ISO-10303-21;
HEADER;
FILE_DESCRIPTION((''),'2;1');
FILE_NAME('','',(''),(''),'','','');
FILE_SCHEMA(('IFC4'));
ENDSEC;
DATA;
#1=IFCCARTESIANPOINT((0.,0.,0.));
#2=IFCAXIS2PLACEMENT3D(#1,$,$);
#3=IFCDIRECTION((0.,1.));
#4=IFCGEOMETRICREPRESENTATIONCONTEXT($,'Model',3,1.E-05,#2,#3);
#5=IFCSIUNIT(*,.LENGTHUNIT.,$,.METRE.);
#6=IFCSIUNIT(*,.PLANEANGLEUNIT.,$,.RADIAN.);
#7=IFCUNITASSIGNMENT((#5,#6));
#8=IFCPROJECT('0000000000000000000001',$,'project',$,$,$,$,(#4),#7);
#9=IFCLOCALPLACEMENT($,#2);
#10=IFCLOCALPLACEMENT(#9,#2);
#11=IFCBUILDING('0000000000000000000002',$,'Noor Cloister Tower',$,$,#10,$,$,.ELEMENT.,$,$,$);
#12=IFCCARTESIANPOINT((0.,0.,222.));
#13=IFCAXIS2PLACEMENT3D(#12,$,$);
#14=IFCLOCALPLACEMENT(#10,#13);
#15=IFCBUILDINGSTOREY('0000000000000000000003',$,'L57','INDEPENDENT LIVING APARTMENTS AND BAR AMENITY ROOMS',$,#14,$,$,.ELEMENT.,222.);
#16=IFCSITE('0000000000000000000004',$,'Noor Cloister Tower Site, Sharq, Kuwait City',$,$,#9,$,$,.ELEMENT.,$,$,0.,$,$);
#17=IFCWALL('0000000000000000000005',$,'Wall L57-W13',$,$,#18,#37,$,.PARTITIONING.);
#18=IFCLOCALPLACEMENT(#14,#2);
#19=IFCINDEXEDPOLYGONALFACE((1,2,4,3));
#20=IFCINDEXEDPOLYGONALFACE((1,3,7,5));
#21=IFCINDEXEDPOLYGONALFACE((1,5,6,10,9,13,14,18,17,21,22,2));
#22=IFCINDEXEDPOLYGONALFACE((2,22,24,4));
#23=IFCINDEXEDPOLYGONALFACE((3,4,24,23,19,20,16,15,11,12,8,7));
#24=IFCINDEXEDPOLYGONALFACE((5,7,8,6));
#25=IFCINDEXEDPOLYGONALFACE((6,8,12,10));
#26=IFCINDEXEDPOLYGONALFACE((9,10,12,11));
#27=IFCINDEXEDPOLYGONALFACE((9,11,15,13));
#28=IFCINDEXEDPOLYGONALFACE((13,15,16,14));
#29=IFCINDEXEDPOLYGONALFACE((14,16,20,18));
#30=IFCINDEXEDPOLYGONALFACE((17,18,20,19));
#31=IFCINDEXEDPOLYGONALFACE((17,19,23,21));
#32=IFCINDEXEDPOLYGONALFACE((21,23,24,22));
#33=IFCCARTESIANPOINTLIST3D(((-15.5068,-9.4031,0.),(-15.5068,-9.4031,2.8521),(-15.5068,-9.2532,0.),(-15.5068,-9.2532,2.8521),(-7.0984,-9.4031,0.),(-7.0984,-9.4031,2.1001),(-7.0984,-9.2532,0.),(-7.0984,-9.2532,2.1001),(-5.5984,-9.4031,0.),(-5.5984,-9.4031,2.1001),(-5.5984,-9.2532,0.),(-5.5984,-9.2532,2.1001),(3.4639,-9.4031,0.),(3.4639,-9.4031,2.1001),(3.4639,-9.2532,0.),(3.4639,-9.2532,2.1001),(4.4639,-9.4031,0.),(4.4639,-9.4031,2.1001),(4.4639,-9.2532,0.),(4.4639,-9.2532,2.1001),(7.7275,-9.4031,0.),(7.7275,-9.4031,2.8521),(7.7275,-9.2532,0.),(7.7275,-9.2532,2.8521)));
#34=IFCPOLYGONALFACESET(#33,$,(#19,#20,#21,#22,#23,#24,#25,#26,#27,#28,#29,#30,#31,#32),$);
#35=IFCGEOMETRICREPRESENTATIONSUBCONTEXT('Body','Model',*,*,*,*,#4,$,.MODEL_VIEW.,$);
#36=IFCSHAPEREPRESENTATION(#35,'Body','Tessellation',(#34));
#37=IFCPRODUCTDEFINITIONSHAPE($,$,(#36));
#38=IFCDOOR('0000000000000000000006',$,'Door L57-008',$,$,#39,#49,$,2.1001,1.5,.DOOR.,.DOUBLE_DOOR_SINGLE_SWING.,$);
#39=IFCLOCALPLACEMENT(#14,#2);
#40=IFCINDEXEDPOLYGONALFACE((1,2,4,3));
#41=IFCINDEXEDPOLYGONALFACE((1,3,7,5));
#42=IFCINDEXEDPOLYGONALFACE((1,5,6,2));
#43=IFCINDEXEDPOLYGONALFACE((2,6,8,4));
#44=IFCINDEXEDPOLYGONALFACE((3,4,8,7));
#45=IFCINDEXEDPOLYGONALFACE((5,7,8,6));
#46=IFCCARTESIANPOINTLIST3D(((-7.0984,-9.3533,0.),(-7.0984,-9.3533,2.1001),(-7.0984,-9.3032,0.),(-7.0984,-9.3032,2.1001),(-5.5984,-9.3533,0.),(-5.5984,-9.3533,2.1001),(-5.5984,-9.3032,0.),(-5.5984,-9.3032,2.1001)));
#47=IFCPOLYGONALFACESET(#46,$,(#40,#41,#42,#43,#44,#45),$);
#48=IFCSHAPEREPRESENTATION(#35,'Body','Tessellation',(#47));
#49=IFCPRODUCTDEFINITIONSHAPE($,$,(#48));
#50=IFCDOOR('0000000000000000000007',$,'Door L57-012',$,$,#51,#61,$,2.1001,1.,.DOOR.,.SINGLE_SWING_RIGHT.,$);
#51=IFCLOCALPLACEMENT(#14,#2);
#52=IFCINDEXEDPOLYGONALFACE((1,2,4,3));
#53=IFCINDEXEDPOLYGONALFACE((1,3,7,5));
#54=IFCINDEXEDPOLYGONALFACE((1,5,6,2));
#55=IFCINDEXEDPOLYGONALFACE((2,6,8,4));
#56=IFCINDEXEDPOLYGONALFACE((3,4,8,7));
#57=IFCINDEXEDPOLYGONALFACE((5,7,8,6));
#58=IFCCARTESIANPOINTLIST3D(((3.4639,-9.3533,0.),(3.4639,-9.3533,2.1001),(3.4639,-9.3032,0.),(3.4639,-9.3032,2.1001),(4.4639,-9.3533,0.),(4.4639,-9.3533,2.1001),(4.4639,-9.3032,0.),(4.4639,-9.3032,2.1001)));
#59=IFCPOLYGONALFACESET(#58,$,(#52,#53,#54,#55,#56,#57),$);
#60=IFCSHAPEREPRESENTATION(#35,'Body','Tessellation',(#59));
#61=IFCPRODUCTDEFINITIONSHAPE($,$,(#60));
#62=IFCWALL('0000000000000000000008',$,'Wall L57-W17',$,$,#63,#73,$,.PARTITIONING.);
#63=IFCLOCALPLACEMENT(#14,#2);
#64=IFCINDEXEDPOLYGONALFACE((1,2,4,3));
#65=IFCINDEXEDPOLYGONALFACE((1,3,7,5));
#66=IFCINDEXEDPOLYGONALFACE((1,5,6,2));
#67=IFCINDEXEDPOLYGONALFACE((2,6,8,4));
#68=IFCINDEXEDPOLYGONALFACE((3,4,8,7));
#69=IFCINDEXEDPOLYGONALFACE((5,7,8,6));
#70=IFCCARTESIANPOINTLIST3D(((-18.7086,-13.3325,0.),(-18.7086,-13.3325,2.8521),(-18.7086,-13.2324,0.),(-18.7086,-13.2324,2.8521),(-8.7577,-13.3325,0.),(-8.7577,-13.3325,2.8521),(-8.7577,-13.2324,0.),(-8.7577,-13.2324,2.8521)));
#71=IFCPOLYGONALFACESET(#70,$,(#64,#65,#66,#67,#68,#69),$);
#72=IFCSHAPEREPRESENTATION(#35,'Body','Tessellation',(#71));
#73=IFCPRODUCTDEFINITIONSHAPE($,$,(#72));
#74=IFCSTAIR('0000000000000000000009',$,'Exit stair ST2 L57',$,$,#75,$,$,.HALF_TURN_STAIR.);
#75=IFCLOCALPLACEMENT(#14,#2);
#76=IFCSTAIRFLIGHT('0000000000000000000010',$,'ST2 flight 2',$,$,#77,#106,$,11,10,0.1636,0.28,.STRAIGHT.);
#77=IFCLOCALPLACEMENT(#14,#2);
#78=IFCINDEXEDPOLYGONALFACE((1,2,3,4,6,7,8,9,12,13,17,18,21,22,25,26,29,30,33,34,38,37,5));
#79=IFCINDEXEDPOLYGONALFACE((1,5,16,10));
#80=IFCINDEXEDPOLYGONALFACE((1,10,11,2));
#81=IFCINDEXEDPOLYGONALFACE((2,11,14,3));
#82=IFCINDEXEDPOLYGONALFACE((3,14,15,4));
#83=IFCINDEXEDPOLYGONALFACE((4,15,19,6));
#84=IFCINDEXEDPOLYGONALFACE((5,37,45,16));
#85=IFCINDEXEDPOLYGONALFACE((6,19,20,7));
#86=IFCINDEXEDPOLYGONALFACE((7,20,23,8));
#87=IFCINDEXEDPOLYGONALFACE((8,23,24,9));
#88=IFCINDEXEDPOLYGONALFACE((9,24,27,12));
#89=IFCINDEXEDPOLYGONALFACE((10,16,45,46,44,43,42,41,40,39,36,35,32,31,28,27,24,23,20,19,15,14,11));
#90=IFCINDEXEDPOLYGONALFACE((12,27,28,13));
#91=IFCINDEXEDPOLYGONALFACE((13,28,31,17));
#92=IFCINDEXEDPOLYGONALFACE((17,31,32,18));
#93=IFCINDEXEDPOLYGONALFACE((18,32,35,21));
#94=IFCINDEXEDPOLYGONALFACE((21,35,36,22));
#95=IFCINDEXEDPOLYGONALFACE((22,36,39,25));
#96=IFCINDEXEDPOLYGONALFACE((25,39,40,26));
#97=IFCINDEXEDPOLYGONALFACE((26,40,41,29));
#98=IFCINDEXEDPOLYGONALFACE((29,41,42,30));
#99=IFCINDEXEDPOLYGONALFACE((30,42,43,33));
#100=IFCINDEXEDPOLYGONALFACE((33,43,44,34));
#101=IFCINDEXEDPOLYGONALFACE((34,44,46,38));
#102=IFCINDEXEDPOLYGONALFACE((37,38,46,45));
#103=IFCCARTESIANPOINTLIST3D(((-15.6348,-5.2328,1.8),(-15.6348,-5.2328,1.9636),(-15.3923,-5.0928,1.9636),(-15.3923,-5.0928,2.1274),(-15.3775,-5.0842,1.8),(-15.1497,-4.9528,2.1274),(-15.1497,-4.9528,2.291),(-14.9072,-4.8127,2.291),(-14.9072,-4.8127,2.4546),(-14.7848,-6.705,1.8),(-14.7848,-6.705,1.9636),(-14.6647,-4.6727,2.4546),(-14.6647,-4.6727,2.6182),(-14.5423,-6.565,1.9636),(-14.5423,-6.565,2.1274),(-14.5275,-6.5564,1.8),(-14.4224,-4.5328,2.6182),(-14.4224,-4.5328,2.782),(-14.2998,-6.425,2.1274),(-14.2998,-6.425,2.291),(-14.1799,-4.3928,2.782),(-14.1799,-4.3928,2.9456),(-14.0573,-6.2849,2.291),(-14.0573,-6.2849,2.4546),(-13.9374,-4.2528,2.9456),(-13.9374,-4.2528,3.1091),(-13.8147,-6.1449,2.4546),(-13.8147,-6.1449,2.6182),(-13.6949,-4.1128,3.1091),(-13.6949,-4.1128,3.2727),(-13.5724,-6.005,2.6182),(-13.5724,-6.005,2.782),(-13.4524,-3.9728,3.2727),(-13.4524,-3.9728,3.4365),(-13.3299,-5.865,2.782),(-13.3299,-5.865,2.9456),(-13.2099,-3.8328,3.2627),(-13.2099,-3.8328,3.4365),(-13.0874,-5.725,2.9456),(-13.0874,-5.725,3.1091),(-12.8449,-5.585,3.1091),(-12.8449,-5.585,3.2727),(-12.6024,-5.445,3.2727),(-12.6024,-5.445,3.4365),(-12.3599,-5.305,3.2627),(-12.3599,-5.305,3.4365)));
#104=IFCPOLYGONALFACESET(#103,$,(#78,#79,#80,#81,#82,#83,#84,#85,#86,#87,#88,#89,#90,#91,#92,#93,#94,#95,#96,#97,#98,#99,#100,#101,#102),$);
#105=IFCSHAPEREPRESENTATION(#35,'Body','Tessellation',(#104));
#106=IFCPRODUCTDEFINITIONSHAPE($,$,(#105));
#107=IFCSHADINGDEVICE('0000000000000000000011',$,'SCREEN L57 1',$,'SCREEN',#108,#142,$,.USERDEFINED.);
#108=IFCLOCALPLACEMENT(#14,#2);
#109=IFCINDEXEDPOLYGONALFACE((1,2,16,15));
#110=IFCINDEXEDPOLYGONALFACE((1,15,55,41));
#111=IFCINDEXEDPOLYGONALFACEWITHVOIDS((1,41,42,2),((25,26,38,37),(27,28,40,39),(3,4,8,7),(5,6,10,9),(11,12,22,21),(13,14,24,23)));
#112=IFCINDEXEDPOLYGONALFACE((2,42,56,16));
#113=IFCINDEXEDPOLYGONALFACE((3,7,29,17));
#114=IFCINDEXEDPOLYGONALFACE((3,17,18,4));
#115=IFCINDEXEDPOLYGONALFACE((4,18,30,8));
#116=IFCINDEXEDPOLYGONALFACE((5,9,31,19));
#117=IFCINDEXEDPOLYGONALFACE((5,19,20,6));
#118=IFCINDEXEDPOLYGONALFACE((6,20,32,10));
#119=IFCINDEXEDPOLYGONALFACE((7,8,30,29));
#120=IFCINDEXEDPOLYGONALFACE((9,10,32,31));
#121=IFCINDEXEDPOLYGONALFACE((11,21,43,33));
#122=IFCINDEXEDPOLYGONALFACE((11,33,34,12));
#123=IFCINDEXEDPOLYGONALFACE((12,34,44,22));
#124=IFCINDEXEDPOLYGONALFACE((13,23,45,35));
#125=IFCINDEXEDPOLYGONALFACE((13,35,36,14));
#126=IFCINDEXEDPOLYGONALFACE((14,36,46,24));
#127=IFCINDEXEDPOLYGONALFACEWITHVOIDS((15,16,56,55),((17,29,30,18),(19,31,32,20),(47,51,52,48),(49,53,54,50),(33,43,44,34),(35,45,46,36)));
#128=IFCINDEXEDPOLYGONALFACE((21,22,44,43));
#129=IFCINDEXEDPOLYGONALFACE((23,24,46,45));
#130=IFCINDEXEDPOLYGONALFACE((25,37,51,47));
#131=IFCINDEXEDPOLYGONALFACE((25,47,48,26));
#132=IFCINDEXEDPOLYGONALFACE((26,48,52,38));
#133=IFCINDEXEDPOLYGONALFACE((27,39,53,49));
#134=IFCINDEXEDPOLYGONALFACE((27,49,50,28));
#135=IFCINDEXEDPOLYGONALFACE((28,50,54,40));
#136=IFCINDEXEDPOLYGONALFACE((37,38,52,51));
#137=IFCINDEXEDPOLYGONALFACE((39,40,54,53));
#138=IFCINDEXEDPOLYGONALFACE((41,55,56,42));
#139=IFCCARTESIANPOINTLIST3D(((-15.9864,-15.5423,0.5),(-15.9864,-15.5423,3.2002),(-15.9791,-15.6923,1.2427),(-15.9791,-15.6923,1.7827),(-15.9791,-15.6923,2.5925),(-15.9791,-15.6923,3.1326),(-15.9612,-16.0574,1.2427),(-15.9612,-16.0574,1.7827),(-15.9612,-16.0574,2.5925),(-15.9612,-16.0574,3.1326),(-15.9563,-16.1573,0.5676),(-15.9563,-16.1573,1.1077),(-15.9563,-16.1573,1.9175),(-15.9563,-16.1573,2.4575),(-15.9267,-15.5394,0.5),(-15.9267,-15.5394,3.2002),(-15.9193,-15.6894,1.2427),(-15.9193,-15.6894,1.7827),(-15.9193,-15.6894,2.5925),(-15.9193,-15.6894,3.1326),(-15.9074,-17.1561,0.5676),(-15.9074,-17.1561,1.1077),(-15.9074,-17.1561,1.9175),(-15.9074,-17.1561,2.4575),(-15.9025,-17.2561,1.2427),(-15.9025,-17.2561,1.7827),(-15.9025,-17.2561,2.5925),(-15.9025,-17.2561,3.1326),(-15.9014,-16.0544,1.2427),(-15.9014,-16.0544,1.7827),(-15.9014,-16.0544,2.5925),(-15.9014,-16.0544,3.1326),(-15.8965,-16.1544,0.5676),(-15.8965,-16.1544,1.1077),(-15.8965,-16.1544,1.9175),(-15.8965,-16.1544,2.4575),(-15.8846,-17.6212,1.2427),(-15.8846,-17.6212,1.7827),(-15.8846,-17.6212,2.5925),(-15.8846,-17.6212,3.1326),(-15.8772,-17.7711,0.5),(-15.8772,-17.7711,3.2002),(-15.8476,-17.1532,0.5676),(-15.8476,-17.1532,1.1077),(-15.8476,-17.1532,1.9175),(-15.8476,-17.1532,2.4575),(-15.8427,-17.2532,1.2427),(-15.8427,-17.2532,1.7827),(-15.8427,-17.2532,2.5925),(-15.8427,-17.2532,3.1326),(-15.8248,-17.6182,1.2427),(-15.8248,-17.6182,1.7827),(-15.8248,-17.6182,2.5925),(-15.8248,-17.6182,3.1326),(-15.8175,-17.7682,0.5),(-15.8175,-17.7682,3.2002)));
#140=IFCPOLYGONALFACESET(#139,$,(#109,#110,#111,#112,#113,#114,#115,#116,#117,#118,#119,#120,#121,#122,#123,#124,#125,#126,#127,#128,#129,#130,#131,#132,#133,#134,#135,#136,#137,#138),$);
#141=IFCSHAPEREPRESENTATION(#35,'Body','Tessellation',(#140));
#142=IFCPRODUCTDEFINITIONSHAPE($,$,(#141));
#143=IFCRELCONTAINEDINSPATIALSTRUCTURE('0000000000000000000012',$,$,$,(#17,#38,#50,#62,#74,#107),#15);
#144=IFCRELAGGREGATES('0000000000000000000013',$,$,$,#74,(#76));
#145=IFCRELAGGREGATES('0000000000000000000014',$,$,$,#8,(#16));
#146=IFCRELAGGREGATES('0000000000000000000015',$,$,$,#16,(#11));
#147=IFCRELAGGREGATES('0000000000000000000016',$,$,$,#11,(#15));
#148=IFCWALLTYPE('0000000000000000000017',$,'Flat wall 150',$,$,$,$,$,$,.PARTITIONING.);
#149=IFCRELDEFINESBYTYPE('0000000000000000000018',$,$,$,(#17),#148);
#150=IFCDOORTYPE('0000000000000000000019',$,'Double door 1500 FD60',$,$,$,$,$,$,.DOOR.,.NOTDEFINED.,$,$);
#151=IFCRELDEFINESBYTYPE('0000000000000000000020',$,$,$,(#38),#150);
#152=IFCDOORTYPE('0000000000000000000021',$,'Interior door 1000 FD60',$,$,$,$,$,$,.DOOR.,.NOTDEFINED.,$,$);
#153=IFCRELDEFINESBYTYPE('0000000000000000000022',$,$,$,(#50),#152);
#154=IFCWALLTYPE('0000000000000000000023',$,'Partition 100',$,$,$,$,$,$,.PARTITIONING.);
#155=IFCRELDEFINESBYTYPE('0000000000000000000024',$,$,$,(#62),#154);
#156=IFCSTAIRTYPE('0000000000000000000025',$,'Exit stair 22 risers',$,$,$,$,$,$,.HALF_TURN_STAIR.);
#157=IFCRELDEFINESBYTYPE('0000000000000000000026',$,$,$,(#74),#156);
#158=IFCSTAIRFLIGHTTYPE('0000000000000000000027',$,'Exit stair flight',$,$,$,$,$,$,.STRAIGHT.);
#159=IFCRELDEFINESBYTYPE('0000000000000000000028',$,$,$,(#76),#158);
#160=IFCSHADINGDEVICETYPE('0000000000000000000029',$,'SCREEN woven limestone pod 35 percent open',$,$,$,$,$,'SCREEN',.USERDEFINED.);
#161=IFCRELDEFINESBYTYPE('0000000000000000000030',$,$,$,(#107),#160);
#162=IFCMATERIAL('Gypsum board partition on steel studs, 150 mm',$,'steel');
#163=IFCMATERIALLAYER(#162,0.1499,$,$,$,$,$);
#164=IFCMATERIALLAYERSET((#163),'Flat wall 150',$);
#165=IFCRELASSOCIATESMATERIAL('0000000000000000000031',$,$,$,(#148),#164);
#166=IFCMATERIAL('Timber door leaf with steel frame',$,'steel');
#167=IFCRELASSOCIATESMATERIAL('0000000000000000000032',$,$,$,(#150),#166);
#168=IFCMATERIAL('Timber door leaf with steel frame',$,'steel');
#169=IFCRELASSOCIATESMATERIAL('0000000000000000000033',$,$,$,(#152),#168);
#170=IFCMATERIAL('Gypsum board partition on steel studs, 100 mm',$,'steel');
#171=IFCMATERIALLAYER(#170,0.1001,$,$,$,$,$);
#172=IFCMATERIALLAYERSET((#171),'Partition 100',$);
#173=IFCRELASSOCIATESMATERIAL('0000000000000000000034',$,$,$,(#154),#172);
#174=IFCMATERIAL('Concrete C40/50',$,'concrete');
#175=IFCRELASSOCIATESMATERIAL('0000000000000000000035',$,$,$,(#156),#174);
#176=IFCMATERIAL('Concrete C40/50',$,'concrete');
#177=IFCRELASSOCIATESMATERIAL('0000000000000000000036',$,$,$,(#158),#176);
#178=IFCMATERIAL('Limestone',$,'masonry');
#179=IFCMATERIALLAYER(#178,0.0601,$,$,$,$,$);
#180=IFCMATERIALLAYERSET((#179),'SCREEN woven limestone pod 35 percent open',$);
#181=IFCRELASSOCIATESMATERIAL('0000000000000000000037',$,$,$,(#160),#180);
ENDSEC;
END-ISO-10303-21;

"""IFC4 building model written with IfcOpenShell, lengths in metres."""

from ifc_helpers import new_model, si_unit, direction, frame, frame_2d, origin, place, context, subcontext, project, spatial, polyline, rectangle, outline, extrude, material, layer, layer_set, type_object, element, fill, aggregate, save


model = new_model("IFC4")

# Units and contexts
model_context = context("Model", 3, precision=1e-05, world=origin(), true_north=direction((0.0, 1.0)))
body_context = subcontext(model_context, "Body", "Model", "MODEL_VIEW")
ifc_project = project(units=[si_unit("LENGTHUNIT", "METRE"), si_unit("PLANEANGLEUNIT", "RADIAN")], contexts=[model_context])

# Site, building, storey
site_placement = place(None, origin())
site = spatial("IfcSite", under=ifc_project, at=site_placement, Name="Noor Cloister Tower Site, Sharq, Kuwait City", CompositionType="ELEMENT", RefElevation=0.0)
building_placement = place(site_placement, origin())
building = spatial("IfcBuilding", under=site, at=building_placement, Name="Noor Cloister Tower", CompositionType="ELEMENT")
storey_placement = place(building_placement, frame((0.0, 0.0, 222.0)))
storey = spatial("IfcBuildingStorey", under=building, at=storey_placement, Name="L57", Description="INDEPENDENT LIVING APARTMENTS AND BAR AMENITY ROOMS", CompositionType="ELEMENT", Elevation=222.0)

# Wall, openings, doors
ifc_material_1 = material(Name="Gypsum board partition on steel studs, 150 mm", Category="steel")
ifc_layer_1 = layer(ifc_material_1, 0.1499)
ifc_layer_set_1 = layer_set([ifc_layer_1], Name="Flat wall 150")
wall_type_1 = type_object("IfcWallType", Name="Flat wall 150", PredefinedType="PARTITIONING", material=ifc_layer_set_1)
wall_1_placement = place(storey_placement, frame((-15.5068, -9.3281, 0.0), z_axis=(0.0, 0.0, 1.0), x_axis=(1.0, 0.0, 0.0)))
wall_1 = element("IfcWall", 1, at=wall_1_placement, inside=storey, type_object=wall_type_1, Name="Wall L57-W13", PredefinedType="PARTITIONING", context=body_context, shape_type="SweptSolid", body=[
    extrude(rectangle(XDim=23.2344, YDim=0.1499, at=frame_2d((11.6172, 0.0))), origin(), (0.0, 0.0, 1.0), 2.8521),
])
opening_1_placement = place(wall_1_placement, frame((8.4084, 0.0, 0.0)))
opening_1 = element("IfcOpeningElement", 2, at=opening_1_placement, cuts=wall_1, PredefinedType="OPENING", context=body_context, shape_type="SweptSolid", body=[
    extrude(rectangle(XDim=1.5, YDim=2.1001, at=frame_2d((0.75, 1.05))), frame((0.0, 0.085, 0.0), z_axis=(0.0, -1.0, 0.0), x_axis=(1.0, 0.0, 0.0)), (0.0, 0.0, 1.0), 0.1699),
])
opening_2_placement = place(wall_1_placement, frame((18.9707, 0.0, 0.0)))
opening_2 = element("IfcOpeningElement", 3, at=opening_2_placement, cuts=wall_1, PredefinedType="OPENING", context=body_context, shape_type="SweptSolid", body=[
    extrude(rectangle(XDim=1.0, YDim=2.1001, at=frame_2d((0.5, 1.05))), frame((0.0, 0.085, 0.0), z_axis=(0.0, -1.0, 0.0), x_axis=(1.0, 0.0, 0.0)), (0.0, 0.0, 1.0), 0.1699),
])
ifc_material_2 = material(Name="Timber door leaf with steel frame", Category="steel")
door_type_1 = type_object("IfcDoorType", Name="Double door 1500 FD60", OperationType="NOTDEFINED", PredefinedType="DOOR", material=ifc_material_2)
door_1_placement = place(opening_1_placement, origin())
door_1 = element("IfcDoor", 4, at=door_1_placement, inside=storey, type_object=door_type_1, Name="Door L57-008", OperationType="DOUBLE_DOOR_SINGLE_SWING", OverallHeight=2.1001, OverallWidth=1.5, PredefinedType="DOOR", context=body_context, shape_type="SweptSolid", body=[
    extrude(rectangle(XDim=1.5, YDim=2.1001, at=frame_2d((0.75, 1.05))), frame((0.0, 0.0249, 0.0), z_axis=(0.0, -1.0, 0.0), x_axis=(1.0, 0.0, 0.0)), (0.0, 0.0, 1.0), 0.05),
])
fill(opening_1, door_1)
ifc_material_3 = material(Name="Timber door leaf with steel frame", Category="steel")
door_type_2 = type_object("IfcDoorType", Name="Interior door 1000 FD60", OperationType="NOTDEFINED", PredefinedType="DOOR", material=ifc_material_3)
door_2_placement = place(opening_2_placement, origin())
door_2 = element("IfcDoor", 5, at=door_2_placement, inside=storey, type_object=door_type_2, Name="Door L57-012", OperationType="SINGLE_SWING_RIGHT", OverallHeight=2.1001, OverallWidth=1.0, PredefinedType="DOOR", context=body_context, shape_type="SweptSolid", body=[
    extrude(rectangle(XDim=1.0, YDim=2.1001, at=frame_2d((0.5, 1.05))), frame((0.0, 0.0249, 0.0), z_axis=(0.0, -1.0, 0.0), x_axis=(1.0, 0.0, 0.0)), (0.0, 0.0, 1.0), 0.05),
])
fill(opening_2, door_2)

# Wall
ifc_material_4 = material(Name="Gypsum board partition on steel studs, 100 mm", Category="steel")
ifc_layer_2 = layer(ifc_material_4, 0.1001)
ifc_layer_set_2 = layer_set([ifc_layer_2], Name="Partition 100")
wall_type_2 = type_object("IfcWallType", Name="Partition 100", PredefinedType="PARTITIONING", material=ifc_layer_set_2)
wall_2_placement = place(storey_placement, frame((-18.7087, -13.2825, 0.0), z_axis=(0.0, 0.0, 1.0), x_axis=(1.0, 0.0, 0.0)))
element("IfcWall", 6, at=wall_2_placement, inside=storey, type_object=wall_type_2, Name="Wall L57-W17", PredefinedType="PARTITIONING", context=body_context, shape_type="SweptSolid", body=[
    extrude(rectangle(XDim=9.9509, YDim=0.1001, at=frame_2d((4.9756, 0.0))), origin(), (0.0, 0.0, 1.0), 2.8521),
])

# Stair, stair flight
ifc_material_5 = material(Name="Concrete C40/50", Category="concrete")
stair_type = type_object("IfcStairType", Name="Exit stair 22 risers", PredefinedType="HALF_TURN_STAIR", material=ifc_material_5)
stair_placement = place(storey_placement, origin())
stair = element("IfcStair", 7, at=stair_placement, inside=storey, type_object=stair_type, Name="Exit stair ST2 L57", PredefinedType="HALF_TURN_STAIR")
ifc_material_6 = material(Name="Concrete C40/50", Category="concrete")
stair_flight_type = type_object("IfcStairFlightType", Name="Exit stair flight", PredefinedType="STRAIGHT", material=ifc_material_6)
stair_flight_placement = place(storey_placement, frame((-15.2097, -5.969, 1.8), z_axis=(0.0, 0.0, 1.0), x_axis=(0.866025, 0.5, 0.0)))
stair_flight = element("IfcStairFlight", 8, at=stair_flight_placement, type_object=stair_flight_type, Name="ST2 flight 2", NumberOfRisers=11, NumberOfTreads=10, PredefinedType="STRAIGHT", RiserHeight=0.1636, TreadLength=0.28, context=body_context, shape_type="SweptSolid", body=[
    extrude(outline(polyline([(0.0, 0.0), (0.0, 0.1636), (0.28, 0.1636), (0.28, 0.3274), (0.5601, 0.3274), (0.5601, 0.491), (0.8401, 0.491), (0.8401, 0.6545), (1.1201, 0.6545), (1.1201, 0.8181), (1.3999, 0.8181), (1.3999, 0.9819), (1.6799, 0.9819), (1.6799, 1.1455), (1.96, 1.1455), (1.96, 1.3091), (2.24, 1.3091), (2.24, 1.4727), (2.52, 1.4727), (2.52, 1.6365), (2.8, 1.6365), (2.8, 1.8), (2.8, 1.4626), (0.2971, 0.0), (0.0, 0.0)])), frame((0.0, 0.8501, 0.0), z_axis=(0.0, -1.0, 0.0), x_axis=(1.0, 0.0, 0.0)), (0.0, 0.0, 1.0), 1.7),
])
aggregate(stair, [stair_flight])

# Shading device
ifc_material_7 = material(Name="Limestone", Category="masonry")
ifc_layer_3 = layer(ifc_material_7, 0.0601)
ifc_layer_set_3 = layer_set([ifc_layer_3], Name="SCREEN woven limestone pod 35 percent open")
shading_device_type = type_object("IfcShadingDeviceType", Name="SCREEN woven limestone pod 35 percent open", ElementType="SCREEN", PredefinedType="USERDEFINED", material=ifc_layer_set_3)
shading_device_1_placement = place(storey_placement, frame((-15.8721, -16.6538, 1.8501), z_axis=(-0.998803, -0.048921, 0.0), x_axis=(0.048921, -0.998803, 0.0)))
element("IfcShadingDevice", 9, at=shading_device_1_placement, inside=storey, type_object=shading_device_type, Name="SCREEN L57 1", ObjectType="SCREEN", PredefinedType="USERDEFINED", context=body_context, shape_type="SweptSolid", body=[
    extrude(outline(polyline([(-1.1157, -1.3501), (1.1157, -1.3501), (1.1157, 1.3501), (-1.1157, 1.3501), (-1.1157, -1.3501)]), holes=[polyline([(-0.5, -1.2825), (0.5, -1.2825), (0.5, -0.7424), (-0.5, -0.7424), (-0.5, -1.2825)]), polyline([(0.6001, -0.6074), (0.9656, -0.6074), (0.9656, -0.0674), (0.6001, -0.0674), (0.6001, -0.6074)]), polyline([(-0.9656, -0.6074), (-0.6001, -0.6074), (-0.6001, -0.0674), (-0.9656, -0.0674), (-0.9656, -0.6074)]), polyline([(-0.5, 0.0674), (0.5, 0.0674), (0.5, 0.6074), (-0.5, 0.6074), (-0.5, 0.0674)]), polyline([(0.6001, 0.7424), (0.9656, 0.7424), (0.9656, 1.2825), (0.6001, 1.2825), (0.6001, 0.7424)]), polyline([(-0.9656, 0.7424), (-0.6001, 0.7424), (-0.6001, 1.2825), (-0.9656, 1.2825), (-0.9656, 0.7424)])]), origin(), (0.0, 0.0, 1.0), 0.0598),
])

save(model, "model.ifc")
